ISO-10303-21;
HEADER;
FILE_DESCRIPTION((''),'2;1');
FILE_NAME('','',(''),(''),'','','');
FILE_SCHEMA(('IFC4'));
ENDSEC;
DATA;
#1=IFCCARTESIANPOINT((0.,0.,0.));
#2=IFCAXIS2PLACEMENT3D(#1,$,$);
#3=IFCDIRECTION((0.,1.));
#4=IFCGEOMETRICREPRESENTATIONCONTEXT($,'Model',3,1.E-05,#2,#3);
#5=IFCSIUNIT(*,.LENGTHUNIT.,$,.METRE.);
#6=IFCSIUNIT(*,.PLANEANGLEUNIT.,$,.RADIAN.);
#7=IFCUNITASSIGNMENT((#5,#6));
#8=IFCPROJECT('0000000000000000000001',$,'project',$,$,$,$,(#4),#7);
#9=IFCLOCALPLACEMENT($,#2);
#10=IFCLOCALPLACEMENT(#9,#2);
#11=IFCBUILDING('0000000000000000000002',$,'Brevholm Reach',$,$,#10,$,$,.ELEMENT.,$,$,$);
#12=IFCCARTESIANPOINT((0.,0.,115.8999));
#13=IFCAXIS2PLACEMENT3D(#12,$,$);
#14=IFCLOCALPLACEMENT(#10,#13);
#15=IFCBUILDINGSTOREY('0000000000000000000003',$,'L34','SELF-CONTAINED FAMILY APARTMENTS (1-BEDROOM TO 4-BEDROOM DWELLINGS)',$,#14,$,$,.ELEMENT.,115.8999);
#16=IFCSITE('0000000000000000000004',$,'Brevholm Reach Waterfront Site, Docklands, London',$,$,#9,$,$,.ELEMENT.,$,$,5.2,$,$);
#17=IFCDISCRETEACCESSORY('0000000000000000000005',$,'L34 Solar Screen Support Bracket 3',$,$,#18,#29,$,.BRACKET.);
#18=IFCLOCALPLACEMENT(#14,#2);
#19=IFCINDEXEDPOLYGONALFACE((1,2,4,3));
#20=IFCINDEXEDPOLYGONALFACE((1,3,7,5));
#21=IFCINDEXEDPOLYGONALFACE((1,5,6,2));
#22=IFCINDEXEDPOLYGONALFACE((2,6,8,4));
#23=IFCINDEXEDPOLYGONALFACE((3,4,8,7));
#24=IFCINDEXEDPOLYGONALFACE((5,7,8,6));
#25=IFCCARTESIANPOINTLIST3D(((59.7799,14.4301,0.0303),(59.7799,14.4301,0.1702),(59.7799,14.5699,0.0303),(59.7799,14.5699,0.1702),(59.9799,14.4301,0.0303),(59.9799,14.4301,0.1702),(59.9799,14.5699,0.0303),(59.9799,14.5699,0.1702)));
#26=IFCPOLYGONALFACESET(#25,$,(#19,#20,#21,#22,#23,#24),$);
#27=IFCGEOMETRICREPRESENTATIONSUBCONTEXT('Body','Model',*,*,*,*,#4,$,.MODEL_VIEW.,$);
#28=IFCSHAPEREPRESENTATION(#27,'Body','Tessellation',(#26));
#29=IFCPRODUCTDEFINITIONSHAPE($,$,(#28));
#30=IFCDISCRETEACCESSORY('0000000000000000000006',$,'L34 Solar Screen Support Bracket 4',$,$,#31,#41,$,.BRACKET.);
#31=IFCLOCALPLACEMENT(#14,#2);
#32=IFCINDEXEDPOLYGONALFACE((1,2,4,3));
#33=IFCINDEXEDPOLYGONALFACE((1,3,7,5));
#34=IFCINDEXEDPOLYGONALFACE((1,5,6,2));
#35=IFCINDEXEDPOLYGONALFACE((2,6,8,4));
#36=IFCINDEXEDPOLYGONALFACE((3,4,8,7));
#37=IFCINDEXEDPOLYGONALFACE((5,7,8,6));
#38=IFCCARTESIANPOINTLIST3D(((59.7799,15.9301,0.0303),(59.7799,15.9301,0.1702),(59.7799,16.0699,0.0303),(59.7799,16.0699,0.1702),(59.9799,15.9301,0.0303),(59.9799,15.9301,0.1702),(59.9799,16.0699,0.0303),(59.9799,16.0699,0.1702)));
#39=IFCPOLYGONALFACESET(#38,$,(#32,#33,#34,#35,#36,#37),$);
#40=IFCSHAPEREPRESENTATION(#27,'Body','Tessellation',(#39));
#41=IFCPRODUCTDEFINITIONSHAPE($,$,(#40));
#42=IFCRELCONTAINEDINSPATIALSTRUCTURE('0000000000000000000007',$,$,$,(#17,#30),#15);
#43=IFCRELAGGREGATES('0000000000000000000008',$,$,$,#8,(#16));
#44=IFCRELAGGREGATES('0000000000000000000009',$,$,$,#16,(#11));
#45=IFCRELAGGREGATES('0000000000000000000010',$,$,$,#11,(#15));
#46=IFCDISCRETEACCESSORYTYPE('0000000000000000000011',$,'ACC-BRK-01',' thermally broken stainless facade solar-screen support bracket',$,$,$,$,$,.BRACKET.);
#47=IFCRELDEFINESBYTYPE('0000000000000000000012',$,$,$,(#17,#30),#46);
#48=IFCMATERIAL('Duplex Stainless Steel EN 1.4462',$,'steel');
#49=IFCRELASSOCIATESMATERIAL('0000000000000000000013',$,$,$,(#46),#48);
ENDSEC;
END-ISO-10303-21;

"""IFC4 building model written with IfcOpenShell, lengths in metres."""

from ifc_helpers import new_model, si_unit, direction, frame, origin, origin_2d, place, context, subcontext, project, spatial, rectangle, extrude, material, type_object, element, save


model = new_model("IFC4")

# Units and contexts
model_context = context("Model", 3, precision=1e-05, world=origin(), true_north=direction((0.0, 1.0)))
body_context = subcontext(model_context, "Body", "Model", "MODEL_VIEW")
ifc_project = project(units=[si_unit("LENGTHUNIT", "METRE"), si_unit("PLANEANGLEUNIT", "RADIAN")], contexts=[model_context])

# Site, building, storey
site_placement = place(None, origin())
site = spatial("IfcSite", under=ifc_project, at=site_placement, Name="Brevholm Reach Waterfront Site, Docklands, London", CompositionType="ELEMENT", RefElevation=5.2)
building_placement = place(site_placement, origin())
building = spatial("IfcBuilding", under=site, at=building_placement, Name="Brevholm Reach", CompositionType="ELEMENT")
storey_placement = place(building_placement, frame((0.0, 0.0, 115.8999)))
storey = spatial("IfcBuildingStorey", under=building, at=storey_placement, Name="L34", Description="SELF-CONTAINED FAMILY APARTMENTS (1-BEDROOM TO 4-BEDROOM DWELLINGS)", CompositionType="ELEMENT", Elevation=115.8999)

# Discrete accessories
ifc_material_1 = material(Name="Duplex Stainless Steel EN 1.4462", Category="steel")
discrete_accessory_type = type_object("IfcDiscreteAccessoryType", Name="ACC-BRK-01", Description=" thermally broken stainless facade solar-screen support bracket", PredefinedType="BRACKET", material=ifc_material_1)
for number, where, z_axis, x_axis, name in (
    (1, (59.8799, 14.5, 0.0303), (0.0, 0.0, 1.0), (1.0, 0.0, 0.0), "L34 Solar Screen Support Bracket 3"),
    (2, (59.8799, 16.0, 0.0303), (0.0, 0.0, 1.0), (1.0, 0.0, 0.0), "L34 Solar Screen Support Bracket 4"),
):
    element("IfcDiscreteAccessory", number, at=place(storey_placement, frame(where, z_axis=z_axis, x_axis=x_axis)), inside=storey, type_object=discrete_accessory_type, Name=name, PredefinedType="BRACKET", context=body_context, shape_type="SweptSolid", body=[
        extrude(rectangle(XDim=0.2, YDim=0.1399, at=origin_2d()), origin(), (0.0, 0.0, 1.0), 0.1399),
    ])

save(model, "model.ifc")
